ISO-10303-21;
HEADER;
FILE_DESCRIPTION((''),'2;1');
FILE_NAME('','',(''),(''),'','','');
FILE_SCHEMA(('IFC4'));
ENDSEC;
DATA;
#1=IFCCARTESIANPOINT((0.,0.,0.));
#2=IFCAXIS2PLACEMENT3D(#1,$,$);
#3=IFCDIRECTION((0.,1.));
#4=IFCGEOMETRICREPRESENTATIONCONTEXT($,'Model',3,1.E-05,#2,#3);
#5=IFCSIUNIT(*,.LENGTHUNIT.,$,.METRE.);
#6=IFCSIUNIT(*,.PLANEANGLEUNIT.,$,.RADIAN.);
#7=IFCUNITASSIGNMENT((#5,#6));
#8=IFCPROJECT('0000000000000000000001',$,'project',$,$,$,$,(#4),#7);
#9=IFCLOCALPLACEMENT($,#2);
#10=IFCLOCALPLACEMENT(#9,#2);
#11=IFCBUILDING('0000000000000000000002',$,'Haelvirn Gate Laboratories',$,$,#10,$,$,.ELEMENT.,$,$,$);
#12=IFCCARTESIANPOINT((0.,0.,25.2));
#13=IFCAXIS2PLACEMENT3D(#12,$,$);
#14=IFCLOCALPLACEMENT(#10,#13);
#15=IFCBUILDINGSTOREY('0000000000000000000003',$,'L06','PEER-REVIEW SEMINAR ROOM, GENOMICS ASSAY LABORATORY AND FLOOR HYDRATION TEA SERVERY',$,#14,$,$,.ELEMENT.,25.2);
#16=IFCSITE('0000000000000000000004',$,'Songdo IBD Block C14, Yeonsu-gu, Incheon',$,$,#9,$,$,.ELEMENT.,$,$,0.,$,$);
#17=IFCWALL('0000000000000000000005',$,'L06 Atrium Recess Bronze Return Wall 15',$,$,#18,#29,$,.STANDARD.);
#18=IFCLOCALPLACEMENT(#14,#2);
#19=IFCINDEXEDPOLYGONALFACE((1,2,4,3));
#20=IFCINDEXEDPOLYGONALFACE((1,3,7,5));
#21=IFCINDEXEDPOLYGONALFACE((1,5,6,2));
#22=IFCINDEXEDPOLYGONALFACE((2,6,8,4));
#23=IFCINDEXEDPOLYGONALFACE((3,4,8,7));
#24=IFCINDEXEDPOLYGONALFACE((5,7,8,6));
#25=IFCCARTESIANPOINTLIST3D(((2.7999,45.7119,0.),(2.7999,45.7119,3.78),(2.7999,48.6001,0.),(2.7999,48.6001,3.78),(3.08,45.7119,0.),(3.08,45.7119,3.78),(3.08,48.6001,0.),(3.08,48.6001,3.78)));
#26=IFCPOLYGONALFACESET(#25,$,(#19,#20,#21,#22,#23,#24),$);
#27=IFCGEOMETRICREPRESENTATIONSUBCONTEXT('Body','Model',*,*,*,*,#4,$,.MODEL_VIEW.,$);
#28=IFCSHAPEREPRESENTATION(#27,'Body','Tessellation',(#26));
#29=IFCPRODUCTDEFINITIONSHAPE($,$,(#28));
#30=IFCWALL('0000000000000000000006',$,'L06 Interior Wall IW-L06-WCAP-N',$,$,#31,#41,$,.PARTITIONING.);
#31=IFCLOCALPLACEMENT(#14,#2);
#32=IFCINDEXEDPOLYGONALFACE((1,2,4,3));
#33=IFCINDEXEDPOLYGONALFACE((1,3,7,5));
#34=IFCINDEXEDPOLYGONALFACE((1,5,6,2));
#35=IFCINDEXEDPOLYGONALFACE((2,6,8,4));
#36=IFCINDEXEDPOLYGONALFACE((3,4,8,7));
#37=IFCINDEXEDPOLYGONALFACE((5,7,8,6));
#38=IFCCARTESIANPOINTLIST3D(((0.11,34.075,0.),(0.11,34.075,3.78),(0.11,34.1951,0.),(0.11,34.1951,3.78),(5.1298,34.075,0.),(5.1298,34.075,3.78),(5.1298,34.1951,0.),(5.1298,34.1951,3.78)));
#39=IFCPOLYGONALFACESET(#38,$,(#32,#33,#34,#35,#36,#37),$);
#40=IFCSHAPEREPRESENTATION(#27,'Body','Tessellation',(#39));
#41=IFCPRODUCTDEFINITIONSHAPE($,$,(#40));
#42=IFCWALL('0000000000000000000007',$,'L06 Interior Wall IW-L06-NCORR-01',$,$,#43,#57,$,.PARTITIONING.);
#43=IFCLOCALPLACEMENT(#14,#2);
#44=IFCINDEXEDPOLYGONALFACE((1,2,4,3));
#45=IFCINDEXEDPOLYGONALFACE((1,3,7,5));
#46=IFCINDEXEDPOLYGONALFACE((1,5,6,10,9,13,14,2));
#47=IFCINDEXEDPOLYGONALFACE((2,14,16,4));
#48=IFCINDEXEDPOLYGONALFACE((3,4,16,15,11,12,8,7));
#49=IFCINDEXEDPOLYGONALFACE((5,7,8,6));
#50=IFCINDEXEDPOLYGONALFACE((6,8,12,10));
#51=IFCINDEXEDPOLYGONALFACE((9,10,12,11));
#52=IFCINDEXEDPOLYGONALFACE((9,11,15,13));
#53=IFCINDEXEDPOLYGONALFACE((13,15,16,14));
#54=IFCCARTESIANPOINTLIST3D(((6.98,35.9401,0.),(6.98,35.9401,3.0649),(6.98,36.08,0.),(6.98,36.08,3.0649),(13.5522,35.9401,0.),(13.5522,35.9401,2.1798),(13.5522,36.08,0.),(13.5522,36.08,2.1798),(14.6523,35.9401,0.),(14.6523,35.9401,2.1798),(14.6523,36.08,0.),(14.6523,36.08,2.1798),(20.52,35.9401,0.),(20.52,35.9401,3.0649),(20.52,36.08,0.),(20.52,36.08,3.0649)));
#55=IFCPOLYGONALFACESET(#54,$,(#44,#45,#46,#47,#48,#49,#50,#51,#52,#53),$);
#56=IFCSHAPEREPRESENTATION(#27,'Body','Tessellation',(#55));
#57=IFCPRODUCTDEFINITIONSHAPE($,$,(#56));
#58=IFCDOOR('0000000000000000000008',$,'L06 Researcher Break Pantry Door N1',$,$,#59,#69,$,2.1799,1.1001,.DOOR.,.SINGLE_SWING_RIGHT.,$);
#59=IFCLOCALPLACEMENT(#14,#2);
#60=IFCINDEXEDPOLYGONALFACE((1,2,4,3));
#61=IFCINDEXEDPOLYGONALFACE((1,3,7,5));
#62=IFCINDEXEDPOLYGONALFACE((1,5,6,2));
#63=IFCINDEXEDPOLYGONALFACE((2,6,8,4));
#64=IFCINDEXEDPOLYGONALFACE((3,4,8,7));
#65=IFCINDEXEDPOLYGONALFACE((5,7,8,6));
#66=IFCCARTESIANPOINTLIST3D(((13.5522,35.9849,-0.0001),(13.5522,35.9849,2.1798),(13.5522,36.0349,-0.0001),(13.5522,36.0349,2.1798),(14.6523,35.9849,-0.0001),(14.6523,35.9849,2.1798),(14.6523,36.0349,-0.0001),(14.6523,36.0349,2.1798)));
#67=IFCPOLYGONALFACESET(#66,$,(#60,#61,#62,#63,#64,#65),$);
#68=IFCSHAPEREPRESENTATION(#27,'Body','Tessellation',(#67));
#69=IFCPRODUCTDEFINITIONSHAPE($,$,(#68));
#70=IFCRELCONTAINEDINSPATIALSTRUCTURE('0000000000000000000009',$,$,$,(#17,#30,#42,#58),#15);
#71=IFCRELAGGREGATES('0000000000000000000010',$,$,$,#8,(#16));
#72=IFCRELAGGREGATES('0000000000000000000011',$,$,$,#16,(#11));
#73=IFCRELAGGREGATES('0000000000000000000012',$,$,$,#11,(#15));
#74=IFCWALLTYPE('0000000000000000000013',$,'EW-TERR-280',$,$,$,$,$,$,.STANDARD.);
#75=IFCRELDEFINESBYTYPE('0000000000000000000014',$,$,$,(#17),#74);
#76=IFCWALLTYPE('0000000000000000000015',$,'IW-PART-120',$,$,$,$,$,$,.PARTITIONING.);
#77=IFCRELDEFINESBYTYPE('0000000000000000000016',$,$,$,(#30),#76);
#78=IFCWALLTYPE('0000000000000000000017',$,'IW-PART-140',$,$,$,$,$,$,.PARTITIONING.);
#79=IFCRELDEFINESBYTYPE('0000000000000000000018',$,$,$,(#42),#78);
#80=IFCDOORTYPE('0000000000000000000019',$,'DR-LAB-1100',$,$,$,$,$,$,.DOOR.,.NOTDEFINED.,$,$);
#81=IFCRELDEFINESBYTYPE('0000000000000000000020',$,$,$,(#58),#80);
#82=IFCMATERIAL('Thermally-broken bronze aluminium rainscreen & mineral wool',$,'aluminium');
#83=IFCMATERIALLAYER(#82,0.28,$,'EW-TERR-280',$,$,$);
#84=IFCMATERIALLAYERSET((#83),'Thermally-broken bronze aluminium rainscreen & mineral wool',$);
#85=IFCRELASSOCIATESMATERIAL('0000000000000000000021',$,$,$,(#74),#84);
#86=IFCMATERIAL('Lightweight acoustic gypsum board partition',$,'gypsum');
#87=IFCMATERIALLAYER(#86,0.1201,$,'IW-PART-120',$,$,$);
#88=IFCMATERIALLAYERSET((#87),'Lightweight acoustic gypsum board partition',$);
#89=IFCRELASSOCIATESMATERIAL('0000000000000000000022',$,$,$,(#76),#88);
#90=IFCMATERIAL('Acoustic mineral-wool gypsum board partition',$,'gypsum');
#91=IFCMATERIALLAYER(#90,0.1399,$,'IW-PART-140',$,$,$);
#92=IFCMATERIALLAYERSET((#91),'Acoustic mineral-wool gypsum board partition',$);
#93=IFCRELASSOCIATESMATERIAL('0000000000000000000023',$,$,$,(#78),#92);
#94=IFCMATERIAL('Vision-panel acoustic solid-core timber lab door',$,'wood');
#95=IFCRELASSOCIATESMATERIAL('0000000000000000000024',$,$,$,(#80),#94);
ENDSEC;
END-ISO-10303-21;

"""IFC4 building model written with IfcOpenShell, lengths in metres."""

from ifc_helpers import new_model, si_unit, direction, frame, frame_2d, origin, place, context, subcontext, project, spatial, rectangle, extrude, source, transform, mapped, material, layer, layer_set, type_object, type_shapes, element, fill, save


model = new_model("IFC4")

# Units and contexts
model_context = context("Model", 3, precision=1e-05, world=origin(), true_north=direction((0.0, 1.0)))
body_context = subcontext(model_context, "Body", "Model", "MODEL_VIEW")
ifc_project = project(units=[si_unit("LENGTHUNIT", "METRE"), si_unit("PLANEANGLEUNIT", "RADIAN")], contexts=[model_context])

# Site, building, storey
site_placement = place(None, origin())
site = spatial("IfcSite", under=ifc_project, at=site_placement, Name="Songdo IBD Block C14, Yeonsu-gu, Incheon", CompositionType="ELEMENT", RefElevation=0.0)
building_placement = place(site_placement, origin())
building = spatial("IfcBuilding", under=site, at=building_placement, Name="Haelvirn Gate Laboratories", CompositionType="ELEMENT")
storey_placement = place(building_placement, frame((0.0, 0.0, 25.2)))
storey = spatial("IfcBuildingStorey", under=building, at=storey_placement, Name="L06", Description="PEER-REVIEW SEMINAR ROOM, GENOMICS ASSAY LABORATORY AND FLOOR HYDRATION TEA SERVERY", CompositionType="ELEMENT", Elevation=25.2)

# Walls
ifc_material_1 = material(Name="Thermally-broken bronze aluminium rainscreen & mineral wool", Category="aluminium")
ifc_layer_1 = layer(ifc_material_1, 0.28, Name="EW-TERR-280")
ifc_layer_set_1 = layer_set([ifc_layer_1], Name="Thermally-broken bronze aluminium rainscreen & mineral wool")
wall_type_1 = type_object("IfcWallType", Name="EW-TERR-280", PredefinedType="STANDARD", material=ifc_layer_set_1)
wall_1_placement = place(storey_placement, frame((2.9399, 48.6001, 0.0), z_axis=(0.0, 0.0, 1.0), x_axis=(0.0, -1.0, 0.0)))
element("IfcWall", 1, at=wall_1_placement, inside=storey, type_object=wall_type_1, Name="L06 Atrium Recess Bronze Return Wall 15", PredefinedType="STANDARD", context=body_context, shape_type="SweptSolid", body=[
    extrude(rectangle(XDim=2.8882, YDim=0.28, at=frame_2d((1.4441, 0.0))), origin(), (0.0, 0.0, 1.0), 3.78),
])
ifc_material_2 = material(Name="Lightweight acoustic gypsum board partition", Category="gypsum")
ifc_layer_2 = layer(ifc_material_2, 0.1201, Name="IW-PART-120")
ifc_layer_set_2 = layer_set([ifc_layer_2], Name="Lightweight acoustic gypsum board partition")
wall_type_2 = type_object("IfcWallType", Name="IW-PART-120", PredefinedType="PARTITIONING", material=ifc_layer_set_2)
wall_2_placement = place(storey_placement, frame((0.1101, 34.135, 0.0), z_axis=(0.0, 0.0, 1.0), x_axis=(1.0, 0.0, 0.0)))
element("IfcWall", 2, at=wall_2_placement, inside=storey, type_object=wall_type_2, Name="L06 Interior Wall IW-L06-WCAP-N", PredefinedType="PARTITIONING", context=body_context, shape_type="SweptSolid", body=[
    extrude(rectangle(XDim=5.0198, YDim=0.1201, at=frame_2d((2.5098, 0.0))), origin(), (0.0, 0.0, 1.0), 3.78),
])

# Wall, opening, door
ifc_material_3 = material(Name="Acoustic mineral-wool gypsum board partition", Category="gypsum")
ifc_layer_3 = layer(ifc_material_3, 0.1399, Name="IW-PART-140")
ifc_layer_set_3 = layer_set([ifc_layer_3], Name="Acoustic mineral-wool gypsum board partition")
wall_type_3 = type_object("IfcWallType", Name="IW-PART-140", PredefinedType="PARTITIONING", material=ifc_layer_set_3)
wall_3_placement = place(storey_placement, frame((6.98, 36.01, 0.0), z_axis=(0.0, 0.0, 1.0), x_axis=(1.0, 0.0, 0.0)))
wall_3 = element("IfcWall", 3, at=wall_3_placement, inside=storey, type_object=wall_type_3, Name="L06 Interior Wall IW-L06-NCORR-01", PredefinedType="PARTITIONING", context=body_context, shape_type="SweptSolid", body=[
    extrude(rectangle(XDim=13.54, YDim=0.1399, at=frame_2d((6.77, 0.0))), origin(), (0.0, 0.0, 1.0), 3.0649),
])
opening_placement = place(wall_3_placement, frame((6.5723, 0.0, 0.0)))
opening = element("IfcOpeningElement", 4, at=opening_placement, cuts=wall_3, PredefinedType="OPENING", context=body_context, shape_type="SweptSolid", body=[
    extrude(rectangle(XDim=1.1001, YDim=2.1799, at=frame_2d((0.55, 1.0898))), frame((0.0, 0.0801, 0.0), z_axis=(0.0, -1.0, 0.0), x_axis=(1.0, 0.0, 0.0)), (0.0, 0.0, 1.0), 0.1599),
])
ifc_material_4 = material(Name="Vision-panel acoustic solid-core timber lab door", Category="wood")
door_type = type_object("IfcDoorType", Name="DR-LAB-1100", OperationType="NOTDEFINED", PredefinedType="DOOR", material=ifc_material_4)
shared_shape_1 = source(origin(), body_context, "Body", "SweptSolid", [
    extrude(rectangle(XDim=1.1001, YDim=2.1799, at=frame_2d((0.55, 1.0898))), frame((0.0, 0.0249, 0.0), z_axis=(0.0, -1.0, 0.0), x_axis=(1.0, 0.0, 0.0)), (0.0, 0.0, 1.0), 0.05),
])
type_shapes(door_type, [shared_shape_1])
door_placement = place(opening_placement, origin())
door = element("IfcDoor", 5, at=door_placement, inside=storey, type_object=door_type, Name="L06 Researcher Break Pantry Door N1", OperationType="SINGLE_SWING_RIGHT", OverallHeight=2.1799, OverallWidth=1.1001, PredefinedType="DOOR", context=body_context, shape_type="MappedRepresentation", body=[
    mapped(shared_shape_1, transform((0.0, 0.0, 0.0), scale=1.0)),
])
fill(opening, door)

save(model, "model.ifc")
